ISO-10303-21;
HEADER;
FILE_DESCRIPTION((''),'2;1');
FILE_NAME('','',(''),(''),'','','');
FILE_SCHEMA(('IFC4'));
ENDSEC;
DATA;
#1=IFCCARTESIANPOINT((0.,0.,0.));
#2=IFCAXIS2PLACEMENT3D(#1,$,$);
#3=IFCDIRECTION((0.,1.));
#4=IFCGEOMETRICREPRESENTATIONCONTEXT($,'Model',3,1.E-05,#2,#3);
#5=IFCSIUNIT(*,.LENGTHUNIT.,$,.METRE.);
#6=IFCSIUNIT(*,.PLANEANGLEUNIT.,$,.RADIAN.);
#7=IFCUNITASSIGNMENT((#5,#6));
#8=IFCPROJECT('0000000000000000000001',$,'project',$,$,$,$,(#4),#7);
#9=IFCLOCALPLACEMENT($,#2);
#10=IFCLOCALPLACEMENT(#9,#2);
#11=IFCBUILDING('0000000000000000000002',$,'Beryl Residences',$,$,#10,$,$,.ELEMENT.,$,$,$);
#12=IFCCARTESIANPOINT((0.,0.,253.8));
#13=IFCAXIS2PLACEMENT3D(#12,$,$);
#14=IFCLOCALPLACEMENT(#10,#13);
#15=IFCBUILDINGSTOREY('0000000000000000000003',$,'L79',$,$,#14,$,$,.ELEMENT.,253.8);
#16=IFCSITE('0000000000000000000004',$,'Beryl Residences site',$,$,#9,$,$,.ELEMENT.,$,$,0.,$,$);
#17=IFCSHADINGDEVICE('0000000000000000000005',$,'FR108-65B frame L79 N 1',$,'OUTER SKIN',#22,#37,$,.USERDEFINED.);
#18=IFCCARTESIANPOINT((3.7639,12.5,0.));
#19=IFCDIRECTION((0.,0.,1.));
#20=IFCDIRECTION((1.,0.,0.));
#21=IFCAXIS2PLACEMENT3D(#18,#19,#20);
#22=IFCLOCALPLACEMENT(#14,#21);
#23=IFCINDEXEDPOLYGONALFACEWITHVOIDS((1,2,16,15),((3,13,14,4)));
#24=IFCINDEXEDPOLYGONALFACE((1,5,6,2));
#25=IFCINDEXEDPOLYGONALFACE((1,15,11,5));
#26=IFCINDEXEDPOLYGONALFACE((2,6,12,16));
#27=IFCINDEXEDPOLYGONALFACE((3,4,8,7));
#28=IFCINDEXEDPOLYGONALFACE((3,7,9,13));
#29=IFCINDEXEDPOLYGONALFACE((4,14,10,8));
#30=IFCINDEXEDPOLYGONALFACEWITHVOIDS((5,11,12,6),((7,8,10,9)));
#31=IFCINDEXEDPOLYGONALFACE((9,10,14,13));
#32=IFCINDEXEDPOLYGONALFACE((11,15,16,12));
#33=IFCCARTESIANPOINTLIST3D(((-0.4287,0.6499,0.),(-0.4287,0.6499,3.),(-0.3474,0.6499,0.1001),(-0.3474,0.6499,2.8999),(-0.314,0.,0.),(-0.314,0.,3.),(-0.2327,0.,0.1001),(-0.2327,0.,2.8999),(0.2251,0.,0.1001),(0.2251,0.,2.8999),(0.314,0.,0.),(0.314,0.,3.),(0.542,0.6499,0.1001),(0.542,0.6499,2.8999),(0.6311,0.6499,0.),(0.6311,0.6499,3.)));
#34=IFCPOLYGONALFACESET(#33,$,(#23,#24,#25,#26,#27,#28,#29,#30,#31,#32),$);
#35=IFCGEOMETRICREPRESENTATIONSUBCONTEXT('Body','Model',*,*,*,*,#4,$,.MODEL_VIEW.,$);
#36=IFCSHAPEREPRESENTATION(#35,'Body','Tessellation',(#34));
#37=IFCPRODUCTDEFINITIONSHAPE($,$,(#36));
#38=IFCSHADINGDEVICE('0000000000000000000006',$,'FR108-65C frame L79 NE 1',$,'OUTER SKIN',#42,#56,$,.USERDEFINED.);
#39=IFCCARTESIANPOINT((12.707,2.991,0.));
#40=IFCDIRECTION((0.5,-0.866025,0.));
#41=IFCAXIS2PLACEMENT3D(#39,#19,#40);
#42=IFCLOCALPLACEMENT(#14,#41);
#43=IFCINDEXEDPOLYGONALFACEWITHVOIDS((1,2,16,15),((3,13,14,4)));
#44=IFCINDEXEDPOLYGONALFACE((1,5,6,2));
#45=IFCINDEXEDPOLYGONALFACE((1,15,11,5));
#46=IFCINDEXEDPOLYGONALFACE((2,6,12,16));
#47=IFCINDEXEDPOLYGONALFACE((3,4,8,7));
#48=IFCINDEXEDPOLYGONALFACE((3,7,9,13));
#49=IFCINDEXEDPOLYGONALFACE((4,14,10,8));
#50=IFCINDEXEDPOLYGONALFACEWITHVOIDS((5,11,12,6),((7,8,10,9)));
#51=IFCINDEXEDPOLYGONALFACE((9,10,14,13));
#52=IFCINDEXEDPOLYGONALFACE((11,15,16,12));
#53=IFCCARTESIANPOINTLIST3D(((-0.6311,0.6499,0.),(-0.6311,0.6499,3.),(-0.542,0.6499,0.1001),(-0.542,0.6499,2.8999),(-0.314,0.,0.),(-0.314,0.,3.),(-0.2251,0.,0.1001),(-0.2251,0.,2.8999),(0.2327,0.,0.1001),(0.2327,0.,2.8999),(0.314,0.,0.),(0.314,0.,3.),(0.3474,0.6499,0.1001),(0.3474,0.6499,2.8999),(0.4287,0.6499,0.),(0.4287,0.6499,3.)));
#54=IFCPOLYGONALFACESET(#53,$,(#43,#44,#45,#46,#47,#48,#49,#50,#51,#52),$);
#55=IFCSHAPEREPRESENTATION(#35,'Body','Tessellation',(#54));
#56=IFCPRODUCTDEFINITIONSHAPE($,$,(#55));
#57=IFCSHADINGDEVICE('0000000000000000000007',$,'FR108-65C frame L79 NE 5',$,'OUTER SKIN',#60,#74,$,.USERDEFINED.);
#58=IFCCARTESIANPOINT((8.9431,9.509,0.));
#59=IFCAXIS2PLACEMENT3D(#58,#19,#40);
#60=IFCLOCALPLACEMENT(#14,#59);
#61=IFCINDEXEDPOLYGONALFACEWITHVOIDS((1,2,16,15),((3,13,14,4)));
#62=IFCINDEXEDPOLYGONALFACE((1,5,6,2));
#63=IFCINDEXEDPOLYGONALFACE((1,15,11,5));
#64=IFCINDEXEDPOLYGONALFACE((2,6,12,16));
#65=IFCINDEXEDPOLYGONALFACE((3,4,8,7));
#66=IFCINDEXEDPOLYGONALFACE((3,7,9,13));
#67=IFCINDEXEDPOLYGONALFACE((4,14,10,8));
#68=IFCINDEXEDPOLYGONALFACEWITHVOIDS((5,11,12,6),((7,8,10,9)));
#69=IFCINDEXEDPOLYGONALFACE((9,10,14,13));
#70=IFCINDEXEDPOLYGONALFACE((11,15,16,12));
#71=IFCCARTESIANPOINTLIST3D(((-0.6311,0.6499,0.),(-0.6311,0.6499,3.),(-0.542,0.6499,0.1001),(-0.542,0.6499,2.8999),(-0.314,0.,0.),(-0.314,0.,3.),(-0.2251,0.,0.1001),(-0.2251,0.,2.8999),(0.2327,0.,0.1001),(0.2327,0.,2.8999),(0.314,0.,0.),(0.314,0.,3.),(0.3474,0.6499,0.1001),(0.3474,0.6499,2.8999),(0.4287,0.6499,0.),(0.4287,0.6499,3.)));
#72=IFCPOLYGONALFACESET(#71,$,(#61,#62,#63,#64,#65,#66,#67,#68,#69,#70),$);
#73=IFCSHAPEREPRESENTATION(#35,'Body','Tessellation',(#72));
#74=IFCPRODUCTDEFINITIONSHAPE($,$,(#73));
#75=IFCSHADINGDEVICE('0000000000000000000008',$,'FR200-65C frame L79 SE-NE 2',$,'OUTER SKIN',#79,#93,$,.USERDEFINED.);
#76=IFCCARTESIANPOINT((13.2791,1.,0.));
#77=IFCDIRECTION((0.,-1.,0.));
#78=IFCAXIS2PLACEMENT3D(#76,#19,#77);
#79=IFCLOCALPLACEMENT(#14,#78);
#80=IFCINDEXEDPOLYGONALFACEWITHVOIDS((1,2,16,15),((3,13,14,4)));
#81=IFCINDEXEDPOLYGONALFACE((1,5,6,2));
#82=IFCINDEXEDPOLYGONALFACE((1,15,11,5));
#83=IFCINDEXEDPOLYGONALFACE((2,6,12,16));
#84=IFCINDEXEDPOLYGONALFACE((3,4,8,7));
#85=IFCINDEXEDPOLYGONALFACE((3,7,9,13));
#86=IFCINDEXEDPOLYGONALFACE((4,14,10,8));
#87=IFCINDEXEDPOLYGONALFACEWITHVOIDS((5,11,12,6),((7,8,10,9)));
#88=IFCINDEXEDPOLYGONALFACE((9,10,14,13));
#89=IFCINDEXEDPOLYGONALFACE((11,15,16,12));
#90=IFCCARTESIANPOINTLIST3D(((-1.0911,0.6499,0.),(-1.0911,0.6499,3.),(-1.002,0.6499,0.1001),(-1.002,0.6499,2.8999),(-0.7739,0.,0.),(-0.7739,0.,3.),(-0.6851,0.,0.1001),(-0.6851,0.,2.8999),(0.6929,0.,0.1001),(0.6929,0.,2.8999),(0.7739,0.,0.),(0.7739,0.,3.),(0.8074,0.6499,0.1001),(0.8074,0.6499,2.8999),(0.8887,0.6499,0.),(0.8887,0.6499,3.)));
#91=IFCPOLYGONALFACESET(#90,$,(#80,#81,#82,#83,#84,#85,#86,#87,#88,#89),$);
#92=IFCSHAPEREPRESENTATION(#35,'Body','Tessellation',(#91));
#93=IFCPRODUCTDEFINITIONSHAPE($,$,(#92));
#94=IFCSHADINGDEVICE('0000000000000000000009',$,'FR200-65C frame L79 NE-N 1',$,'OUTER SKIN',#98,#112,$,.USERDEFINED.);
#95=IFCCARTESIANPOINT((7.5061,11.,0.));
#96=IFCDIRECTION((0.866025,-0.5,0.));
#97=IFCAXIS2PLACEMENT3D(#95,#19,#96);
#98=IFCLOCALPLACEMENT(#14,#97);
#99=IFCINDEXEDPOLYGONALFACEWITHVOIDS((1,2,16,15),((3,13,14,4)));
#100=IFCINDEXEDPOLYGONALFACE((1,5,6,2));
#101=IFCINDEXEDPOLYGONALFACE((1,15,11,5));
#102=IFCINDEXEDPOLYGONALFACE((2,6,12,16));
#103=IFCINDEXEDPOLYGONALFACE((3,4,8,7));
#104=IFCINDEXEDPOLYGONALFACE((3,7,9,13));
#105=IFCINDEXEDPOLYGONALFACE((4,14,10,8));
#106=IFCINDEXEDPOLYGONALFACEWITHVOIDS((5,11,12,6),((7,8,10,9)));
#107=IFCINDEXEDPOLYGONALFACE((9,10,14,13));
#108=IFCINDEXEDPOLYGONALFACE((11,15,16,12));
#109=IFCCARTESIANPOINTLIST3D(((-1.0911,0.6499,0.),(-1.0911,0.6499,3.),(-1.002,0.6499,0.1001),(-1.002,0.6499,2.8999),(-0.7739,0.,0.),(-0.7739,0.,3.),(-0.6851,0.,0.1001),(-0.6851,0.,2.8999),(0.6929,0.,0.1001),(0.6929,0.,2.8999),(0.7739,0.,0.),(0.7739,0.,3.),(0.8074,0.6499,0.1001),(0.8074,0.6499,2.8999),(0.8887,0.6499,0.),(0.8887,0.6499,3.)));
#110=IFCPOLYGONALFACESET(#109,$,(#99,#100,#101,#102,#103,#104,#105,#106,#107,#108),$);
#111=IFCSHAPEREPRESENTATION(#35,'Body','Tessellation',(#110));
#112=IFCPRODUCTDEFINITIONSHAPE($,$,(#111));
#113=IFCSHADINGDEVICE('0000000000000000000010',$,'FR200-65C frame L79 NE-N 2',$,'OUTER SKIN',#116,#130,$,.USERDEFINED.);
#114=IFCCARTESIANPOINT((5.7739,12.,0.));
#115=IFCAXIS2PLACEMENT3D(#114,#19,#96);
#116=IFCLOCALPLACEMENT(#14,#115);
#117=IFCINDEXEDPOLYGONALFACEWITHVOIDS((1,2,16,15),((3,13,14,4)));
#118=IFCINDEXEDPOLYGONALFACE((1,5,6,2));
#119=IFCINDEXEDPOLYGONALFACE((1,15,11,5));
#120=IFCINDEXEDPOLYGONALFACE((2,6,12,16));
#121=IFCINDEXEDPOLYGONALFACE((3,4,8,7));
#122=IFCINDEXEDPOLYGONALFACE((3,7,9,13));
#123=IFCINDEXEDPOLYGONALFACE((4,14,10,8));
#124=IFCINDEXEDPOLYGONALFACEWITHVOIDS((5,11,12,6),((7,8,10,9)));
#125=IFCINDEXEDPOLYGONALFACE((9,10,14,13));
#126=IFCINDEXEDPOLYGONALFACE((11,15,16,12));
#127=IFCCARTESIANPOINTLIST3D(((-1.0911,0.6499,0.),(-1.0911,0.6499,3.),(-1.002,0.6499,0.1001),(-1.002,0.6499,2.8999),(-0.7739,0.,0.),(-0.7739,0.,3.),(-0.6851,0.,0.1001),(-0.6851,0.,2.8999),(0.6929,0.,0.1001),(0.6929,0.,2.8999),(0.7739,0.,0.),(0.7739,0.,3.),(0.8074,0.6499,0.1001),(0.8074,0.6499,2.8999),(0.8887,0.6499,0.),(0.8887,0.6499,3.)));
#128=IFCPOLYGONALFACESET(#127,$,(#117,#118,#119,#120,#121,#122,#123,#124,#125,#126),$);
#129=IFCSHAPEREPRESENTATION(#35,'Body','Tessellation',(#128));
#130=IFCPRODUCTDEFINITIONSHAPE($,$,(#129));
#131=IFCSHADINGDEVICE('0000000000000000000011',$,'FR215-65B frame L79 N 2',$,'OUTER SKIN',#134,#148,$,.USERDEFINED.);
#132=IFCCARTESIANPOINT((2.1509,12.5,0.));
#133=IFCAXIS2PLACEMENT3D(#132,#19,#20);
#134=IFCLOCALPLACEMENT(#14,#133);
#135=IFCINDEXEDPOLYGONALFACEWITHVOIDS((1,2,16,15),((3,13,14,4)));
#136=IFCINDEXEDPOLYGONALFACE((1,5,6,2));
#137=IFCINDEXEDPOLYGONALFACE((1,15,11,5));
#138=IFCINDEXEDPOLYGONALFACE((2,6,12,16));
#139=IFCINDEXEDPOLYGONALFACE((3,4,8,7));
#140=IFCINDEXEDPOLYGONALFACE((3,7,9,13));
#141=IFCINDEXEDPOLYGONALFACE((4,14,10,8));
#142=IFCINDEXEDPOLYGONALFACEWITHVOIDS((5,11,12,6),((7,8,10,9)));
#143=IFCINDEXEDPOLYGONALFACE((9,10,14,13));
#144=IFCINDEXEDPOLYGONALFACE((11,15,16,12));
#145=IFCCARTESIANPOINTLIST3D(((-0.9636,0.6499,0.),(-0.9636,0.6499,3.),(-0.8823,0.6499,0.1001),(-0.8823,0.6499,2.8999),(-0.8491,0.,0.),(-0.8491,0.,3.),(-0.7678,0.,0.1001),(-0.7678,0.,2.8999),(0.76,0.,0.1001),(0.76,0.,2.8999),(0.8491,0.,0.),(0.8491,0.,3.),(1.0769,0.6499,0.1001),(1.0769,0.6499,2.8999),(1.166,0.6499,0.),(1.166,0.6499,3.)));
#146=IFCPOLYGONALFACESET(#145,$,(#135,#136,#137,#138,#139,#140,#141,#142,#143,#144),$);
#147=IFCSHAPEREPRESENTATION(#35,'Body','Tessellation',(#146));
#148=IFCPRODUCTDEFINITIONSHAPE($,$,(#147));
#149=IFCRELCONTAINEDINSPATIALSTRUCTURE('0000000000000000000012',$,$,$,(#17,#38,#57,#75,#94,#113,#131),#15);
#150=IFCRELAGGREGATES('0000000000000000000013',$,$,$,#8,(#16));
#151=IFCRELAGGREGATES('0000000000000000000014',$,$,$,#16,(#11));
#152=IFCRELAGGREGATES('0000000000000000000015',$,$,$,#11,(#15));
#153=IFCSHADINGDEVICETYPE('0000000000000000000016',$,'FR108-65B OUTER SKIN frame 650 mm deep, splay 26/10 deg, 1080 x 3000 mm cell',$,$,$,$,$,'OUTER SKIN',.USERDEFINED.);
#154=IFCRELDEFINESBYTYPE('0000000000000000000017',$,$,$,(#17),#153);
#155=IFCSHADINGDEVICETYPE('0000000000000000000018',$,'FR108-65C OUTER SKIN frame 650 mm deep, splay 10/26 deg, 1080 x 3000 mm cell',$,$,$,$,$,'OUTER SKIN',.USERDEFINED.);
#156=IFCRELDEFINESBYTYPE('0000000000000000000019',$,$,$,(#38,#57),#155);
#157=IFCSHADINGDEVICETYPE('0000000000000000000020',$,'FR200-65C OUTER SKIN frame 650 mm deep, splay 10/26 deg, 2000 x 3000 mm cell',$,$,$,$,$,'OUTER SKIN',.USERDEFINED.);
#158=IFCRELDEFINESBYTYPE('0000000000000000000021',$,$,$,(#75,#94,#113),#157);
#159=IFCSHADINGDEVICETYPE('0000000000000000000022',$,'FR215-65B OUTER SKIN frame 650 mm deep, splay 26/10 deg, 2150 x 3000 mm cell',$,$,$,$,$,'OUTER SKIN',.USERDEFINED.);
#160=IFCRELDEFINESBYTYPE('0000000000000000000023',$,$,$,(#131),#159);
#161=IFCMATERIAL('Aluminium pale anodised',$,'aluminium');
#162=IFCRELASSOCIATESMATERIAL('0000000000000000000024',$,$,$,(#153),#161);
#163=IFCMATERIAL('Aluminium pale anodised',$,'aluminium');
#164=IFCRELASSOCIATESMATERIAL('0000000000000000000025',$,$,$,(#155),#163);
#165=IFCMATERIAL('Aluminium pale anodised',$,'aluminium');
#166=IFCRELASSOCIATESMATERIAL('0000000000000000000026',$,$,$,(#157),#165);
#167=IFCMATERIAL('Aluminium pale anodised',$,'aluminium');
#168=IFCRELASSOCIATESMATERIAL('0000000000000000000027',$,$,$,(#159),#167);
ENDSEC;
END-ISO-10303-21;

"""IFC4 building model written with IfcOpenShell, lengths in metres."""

from ifc_helpers import new_model, entity, si_unit, direction, frame, origin, place, context, subcontext, project, spatial, source, transform, mapped, material, type_object, type_shapes, element, save


model = new_model("IFC4")

# Units and contexts
model_context = context("Model", 3, precision=1e-05, world=origin(), true_north=direction((0.0, 1.0)))
body_context = subcontext(model_context, "Body", "Model", "MODEL_VIEW")
ifc_project = project(units=[si_unit("LENGTHUNIT", "METRE"), si_unit("PLANEANGLEUNIT", "RADIAN")], contexts=[model_context])

# Site, building, storey
site_placement = place(None, origin())
site = spatial("IfcSite", under=ifc_project, at=site_placement, Name="Beryl Residences site", CompositionType="ELEMENT", RefElevation=0.0)
building_placement = place(site_placement, origin())
building = spatial("IfcBuilding", under=site, at=building_placement, Name="Beryl Residences", CompositionType="ELEMENT")
storey_placement = place(building_placement, frame((0.0, 0.0, 253.8)))
storey = spatial("IfcBuildingStorey", under=building, at=storey_placement, Name="L79", CompositionType="ELEMENT", Elevation=253.8)

# Shading devices
ifc_material_1 = material(Name="Aluminium pale anodised", Category="aluminium")
shading_device_type_1 = type_object("IfcShadingDeviceType", Name="FR108-65B OUTER SKIN frame 650 mm deep, splay 26/10 deg, 1080 x 3000 mm cell", ElementType="OUTER SKIN", PredefinedType="USERDEFINED", material=ifc_material_1)
cartesian_point_1 = entity("IfcCartesianPoint", [-0.314, 0.0])
cartesian_point_2 = entity("IfcCartesianPoint", [-0.2251, 0.1001])
cartesian_point_3 = entity("IfcCartesianPoint", [-0.6311, 0.0])
cartesian_point_4 = entity("IfcCartesianPoint", [-0.542, 0.1001])
shared_shape_1 = source(origin(), body_context, "Body", "SweptSolid", [
    entity("IfcExtrudedAreaSolidTapered", entity("IfcArbitraryProfileDefWithVoids", "AREA", None, entity("IfcPolyline", [cartesian_point_1, entity("IfcCartesianPoint", [0.314, 0.0]), entity("IfcCartesianPoint", [0.314, 3.0]), entity("IfcCartesianPoint", [-0.314, 3.0]), cartesian_point_1]), [entity("IfcPolyline", [cartesian_point_2, entity("IfcCartesianPoint", [0.2327, 0.1001]), entity("IfcCartesianPoint", [0.2327, 2.8999]), entity("IfcCartesianPoint", [-0.2251, 2.8999]), cartesian_point_2])]), entity("IfcAxis2Placement3D", entity("IfcCartesianPoint", [0.0, 0.0, 0.0]), entity("IfcDirection", [0.0, 1.0, 0.0]), entity("IfcDirection", [-1.0, 0.0, 0.0])), entity("IfcDirection", [0.0, 0.0, 1.0]), 0.6499, entity("IfcArbitraryProfileDefWithVoids", "AREA", None, entity("IfcPolyline", [cartesian_point_3, entity("IfcCartesianPoint", [0.4287, 0.0]), entity("IfcCartesianPoint", [0.4287, 3.0]), entity("IfcCartesianPoint", [-0.6311, 3.0]), cartesian_point_3]), [entity("IfcPolyline", [cartesian_point_4, entity("IfcCartesianPoint", [0.3474, 0.1001]), entity("IfcCartesianPoint", [0.3474, 2.8999]), entity("IfcCartesianPoint", [-0.542, 2.8999]), cartesian_point_4])])),
])
type_shapes(shading_device_type_1, [shared_shape_1])
shading_device_1_placement = place(storey_placement, frame((3.7639, 12.5, 0.0), z_axis=(0.0, 0.0, 1.0), x_axis=(1.0, 0.0, 0.0)))
element("IfcShadingDevice", 1, at=shading_device_1_placement, inside=storey, type_object=shading_device_type_1, Name="FR108-65B frame L79 N 1", ObjectType="OUTER SKIN", PredefinedType="USERDEFINED", context=body_context, shape_type="MappedRepresentation", body=[
    mapped(shared_shape_1, transform((0.0, 0.0, 0.0))),
])
ifc_material_2 = material(Name="Aluminium pale anodised", Category="aluminium")
shading_device_type_2 = type_object("IfcShadingDeviceType", Name="FR108-65C OUTER SKIN frame 650 mm deep, splay 10/26 deg, 1080 x 3000 mm cell", ElementType="OUTER SKIN", PredefinedType="USERDEFINED", material=ifc_material_2)
cartesian_point_5 = entity("IfcCartesianPoint", [-0.314, 0.0])
cartesian_point_6 = entity("IfcCartesianPoint", [-0.2327, 0.1001])
cartesian_point_7 = entity("IfcCartesianPoint", [-0.4287, 0.0])
cartesian_point_8 = entity("IfcCartesianPoint", [-0.3474, 0.1001])
shared_shape_2 = source(origin(), body_context, "Body", "SweptSolid", [
    entity("IfcExtrudedAreaSolidTapered", entity("IfcArbitraryProfileDefWithVoids", "AREA", None, entity("IfcPolyline", [cartesian_point_5, entity("IfcCartesianPoint", [0.314, 0.0]), entity("IfcCartesianPoint", [0.314, 3.0]), entity("IfcCartesianPoint", [-0.314, 3.0]), cartesian_point_5]), [entity("IfcPolyline", [cartesian_point_6, entity("IfcCartesianPoint", [0.2251, 0.1001]), entity("IfcCartesianPoint", [0.2251, 2.8999]), entity("IfcCartesianPoint", [-0.2327, 2.8999]), cartesian_point_6])]), entity("IfcAxis2Placement3D", entity("IfcCartesianPoint", [0.0, 0.0, 0.0]), entity("IfcDirection", [0.0, 1.0, 0.0]), entity("IfcDirection", [-1.0, 0.0, 0.0])), entity("IfcDirection", [0.0, 0.0, 1.0]), 0.6499, entity("IfcArbitraryProfileDefWithVoids", "AREA", None, entity("IfcPolyline", [cartesian_point_7, entity("IfcCartesianPoint", [0.6311, 0.0]), entity("IfcCartesianPoint", [0.6311, 3.0]), entity("IfcCartesianPoint", [-0.4287, 3.0]), cartesian_point_7]), [entity("IfcPolyline", [cartesian_point_8, entity("IfcCartesianPoint", [0.542, 0.1001]), entity("IfcCartesianPoint", [0.542, 2.8999]), entity("IfcCartesianPoint", [-0.3474, 2.8999]), cartesian_point_8])])),
])
type_shapes(shading_device_type_2, [shared_shape_2])
for number, where, z_axis, x_axis, name in (
    (2, (12.707, 2.991, 0.0), (0.0, 0.0, 1.0), (0.5, -0.866025, 0.0), "FR108-65C frame L79 NE 1"),
    (3, (8.9431, 9.509, 0.0), (0.0, 0.0, 1.0), (0.5, -0.866025, 0.0), "FR108-65C frame L79 NE 5"),
):
    element("IfcShadingDevice", number, at=place(storey_placement, frame(where, z_axis=z_axis, x_axis=x_axis)), inside=storey, type_object=shading_device_type_2, Name=name, ObjectType="OUTER SKIN", PredefinedType="USERDEFINED", context=body_context, shape_type="MappedRepresentation", body=[
        mapped(shared_shape_2, transform((0.0, 0.0, 0.0))),
    ])
ifc_material_3 = material(Name="Aluminium pale anodised", Category="aluminium")
shading_device_type_3 = type_object("IfcShadingDeviceType", Name="FR200-65C OUTER SKIN frame 650 mm deep, splay 10/26 deg, 2000 x 3000 mm cell", ElementType="OUTER SKIN", PredefinedType="USERDEFINED", material=ifc_material_3)
cartesian_point_9 = entity("IfcCartesianPoint", [-0.7739, 0.0])
cartesian_point_10 = entity("IfcCartesianPoint", [-0.6929, 0.1001])
cartesian_point_11 = entity("IfcCartesianPoint", [-0.8887, 0.0])
cartesian_point_12 = entity("IfcCartesianPoint", [-0.8074, 0.1001])
shared_shape_3 = source(origin(), body_context, "Body", "SweptSolid", [
    entity("IfcExtrudedAreaSolidTapered", entity("IfcArbitraryProfileDefWithVoids", "AREA", None, entity("IfcPolyline", [cartesian_point_9, entity("IfcCartesianPoint", [0.7739, 0.0]), entity("IfcCartesianPoint", [0.7739, 3.0]), entity("IfcCartesianPoint", [-0.7739, 3.0]), cartesian_point_9]), [entity("IfcPolyline", [cartesian_point_10, entity("IfcCartesianPoint", [0.6851, 0.1001]), entity("IfcCartesianPoint", [0.6851, 2.8999]), entity("IfcCartesianPoint", [-0.6929, 2.8999]), cartesian_point_10])]), entity("IfcAxis2Placement3D", entity("IfcCartesianPoint", [0.0, 0.0, 0.0]), entity("IfcDirection", [0.0, 1.0, 0.0]), entity("IfcDirection", [-1.0, 0.0, 0.0])), entity("IfcDirection", [0.0, 0.0, 1.0]), 0.6499, entity("IfcArbitraryProfileDefWithVoids", "AREA", None, entity("IfcPolyline", [cartesian_point_11, entity("IfcCartesianPoint", [1.0911, 0.0]), entity("IfcCartesianPoint", [1.0911, 3.0]), entity("IfcCartesianPoint", [-0.8887, 3.0]), cartesian_point_11]), [entity("IfcPolyline", [cartesian_point_12, entity("IfcCartesianPoint", [1.002, 0.1001]), entity("IfcCartesianPoint", [1.002, 2.8999]), entity("IfcCartesianPoint", [-0.8074, 2.8999]), cartesian_point_12])])),
])
type_shapes(shading_device_type_3, [shared_shape_3])
for number, where, z_axis, x_axis, name in (
    (4, (13.2791, 1.0, 0.0), (0.0, 0.0, 1.0), (0.0, -1.0, 0.0), "FR200-65C frame L79 SE-NE 2"),
    (5, (7.5061, 11.0, 0.0), (0.0, 0.0, 1.0), (0.866025, -0.5, 0.0), "FR200-65C frame L79 NE-N 1"),
    (6, (5.7739, 12.0, 0.0), (0.0, 0.0, 1.0), (0.866025, -0.5, 0.0), "FR200-65C frame L79 NE-N 2"),
):
    element("IfcShadingDevice", number, at=place(storey_placement, frame(where, z_axis=z_axis, x_axis=x_axis)), inside=storey, type_object=shading_device_type_3, Name=name, ObjectType="OUTER SKIN", PredefinedType="USERDEFINED", context=body_context, shape_type="MappedRepresentation", body=[
        mapped(shared_shape_3, transform((0.0, 0.0, 0.0))),
    ])
ifc_material_4 = material(Name="Aluminium pale anodised", Category="aluminium")
shading_device_type_4 = type_object("IfcShadingDeviceType", Name="FR215-65B OUTER SKIN frame 650 mm deep, splay 26/10 deg, 2150 x 3000 mm cell", ElementType="OUTER SKIN", PredefinedType="USERDEFINED", material=ifc_material_4)
cartesian_point_13 = entity("IfcCartesianPoint", [-0.8491, 0.0])
cartesian_point_14 = entity("IfcCartesianPoint", [-0.76, 0.1001])
cartesian_point_15 = entity("IfcCartesianPoint", [-1.166, 0.0])
cartesian_point_16 = entity("IfcCartesianPoint", [-1.0769, 0.1001])
shared_shape_4 = source(origin(), body_context, "Body", "SweptSolid", [
    entity("IfcExtrudedAreaSolidTapered", entity("IfcArbitraryProfileDefWithVoids", "AREA", None, entity("IfcPolyline", [cartesian_point_13, entity("IfcCartesianPoint", [0.8491, 0.0]), entity("IfcCartesianPoint", [0.8491, 3.0]), entity("IfcCartesianPoint", [-0.8491, 3.0]), cartesian_point_13]), [entity("IfcPolyline", [cartesian_point_14, entity("IfcCartesianPoint", [0.7678, 0.1001]), entity("IfcCartesianPoint", [0.7678, 2.8999]), entity("IfcCartesianPoint", [-0.76, 2.8999]), cartesian_point_14])]), entity("IfcAxis2Placement3D", entity("IfcCartesianPoint", [0.0, 0.0, 0.0]), entity("IfcDirection", [0.0, 1.0, 0.0]), entity("IfcDirection", [-1.0, 0.0, 0.0])), entity("IfcDirection", [0.0, 0.0, 1.0]), 0.6499, entity("IfcArbitraryProfileDefWithVoids", "AREA", None, entity("IfcPolyline", [cartesian_point_15, entity("IfcCartesianPoint", [0.9636, 0.0]), entity("IfcCartesianPoint", [0.9636, 3.0]), entity("IfcCartesianPoint", [-1.166, 3.0]), cartesian_point_15]), [entity("IfcPolyline", [cartesian_point_16, entity("IfcCartesianPoint", [0.8823, 0.1001]), entity("IfcCartesianPoint", [0.8823, 2.8999]), entity("IfcCartesianPoint", [-1.0769, 2.8999]), cartesian_point_16])])),
])
type_shapes(shading_device_type_4, [shared_shape_4])
shading_device_2_placement = place(storey_placement, frame((2.1509, 12.5, 0.0), z_axis=(0.0, 0.0, 1.0), x_axis=(1.0, 0.0, 0.0)))
element("IfcShadingDevice", 7, at=shading_device_2_placement, inside=storey, type_object=shading_device_type_4, Name="FR215-65B frame L79 N 2", ObjectType="OUTER SKIN", PredefinedType="USERDEFINED", context=body_context, shape_type="MappedRepresentation", body=[
    mapped(shared_shape_4, transform((0.0, 0.0, 0.0))),
])

save(model, "model.ifc")
